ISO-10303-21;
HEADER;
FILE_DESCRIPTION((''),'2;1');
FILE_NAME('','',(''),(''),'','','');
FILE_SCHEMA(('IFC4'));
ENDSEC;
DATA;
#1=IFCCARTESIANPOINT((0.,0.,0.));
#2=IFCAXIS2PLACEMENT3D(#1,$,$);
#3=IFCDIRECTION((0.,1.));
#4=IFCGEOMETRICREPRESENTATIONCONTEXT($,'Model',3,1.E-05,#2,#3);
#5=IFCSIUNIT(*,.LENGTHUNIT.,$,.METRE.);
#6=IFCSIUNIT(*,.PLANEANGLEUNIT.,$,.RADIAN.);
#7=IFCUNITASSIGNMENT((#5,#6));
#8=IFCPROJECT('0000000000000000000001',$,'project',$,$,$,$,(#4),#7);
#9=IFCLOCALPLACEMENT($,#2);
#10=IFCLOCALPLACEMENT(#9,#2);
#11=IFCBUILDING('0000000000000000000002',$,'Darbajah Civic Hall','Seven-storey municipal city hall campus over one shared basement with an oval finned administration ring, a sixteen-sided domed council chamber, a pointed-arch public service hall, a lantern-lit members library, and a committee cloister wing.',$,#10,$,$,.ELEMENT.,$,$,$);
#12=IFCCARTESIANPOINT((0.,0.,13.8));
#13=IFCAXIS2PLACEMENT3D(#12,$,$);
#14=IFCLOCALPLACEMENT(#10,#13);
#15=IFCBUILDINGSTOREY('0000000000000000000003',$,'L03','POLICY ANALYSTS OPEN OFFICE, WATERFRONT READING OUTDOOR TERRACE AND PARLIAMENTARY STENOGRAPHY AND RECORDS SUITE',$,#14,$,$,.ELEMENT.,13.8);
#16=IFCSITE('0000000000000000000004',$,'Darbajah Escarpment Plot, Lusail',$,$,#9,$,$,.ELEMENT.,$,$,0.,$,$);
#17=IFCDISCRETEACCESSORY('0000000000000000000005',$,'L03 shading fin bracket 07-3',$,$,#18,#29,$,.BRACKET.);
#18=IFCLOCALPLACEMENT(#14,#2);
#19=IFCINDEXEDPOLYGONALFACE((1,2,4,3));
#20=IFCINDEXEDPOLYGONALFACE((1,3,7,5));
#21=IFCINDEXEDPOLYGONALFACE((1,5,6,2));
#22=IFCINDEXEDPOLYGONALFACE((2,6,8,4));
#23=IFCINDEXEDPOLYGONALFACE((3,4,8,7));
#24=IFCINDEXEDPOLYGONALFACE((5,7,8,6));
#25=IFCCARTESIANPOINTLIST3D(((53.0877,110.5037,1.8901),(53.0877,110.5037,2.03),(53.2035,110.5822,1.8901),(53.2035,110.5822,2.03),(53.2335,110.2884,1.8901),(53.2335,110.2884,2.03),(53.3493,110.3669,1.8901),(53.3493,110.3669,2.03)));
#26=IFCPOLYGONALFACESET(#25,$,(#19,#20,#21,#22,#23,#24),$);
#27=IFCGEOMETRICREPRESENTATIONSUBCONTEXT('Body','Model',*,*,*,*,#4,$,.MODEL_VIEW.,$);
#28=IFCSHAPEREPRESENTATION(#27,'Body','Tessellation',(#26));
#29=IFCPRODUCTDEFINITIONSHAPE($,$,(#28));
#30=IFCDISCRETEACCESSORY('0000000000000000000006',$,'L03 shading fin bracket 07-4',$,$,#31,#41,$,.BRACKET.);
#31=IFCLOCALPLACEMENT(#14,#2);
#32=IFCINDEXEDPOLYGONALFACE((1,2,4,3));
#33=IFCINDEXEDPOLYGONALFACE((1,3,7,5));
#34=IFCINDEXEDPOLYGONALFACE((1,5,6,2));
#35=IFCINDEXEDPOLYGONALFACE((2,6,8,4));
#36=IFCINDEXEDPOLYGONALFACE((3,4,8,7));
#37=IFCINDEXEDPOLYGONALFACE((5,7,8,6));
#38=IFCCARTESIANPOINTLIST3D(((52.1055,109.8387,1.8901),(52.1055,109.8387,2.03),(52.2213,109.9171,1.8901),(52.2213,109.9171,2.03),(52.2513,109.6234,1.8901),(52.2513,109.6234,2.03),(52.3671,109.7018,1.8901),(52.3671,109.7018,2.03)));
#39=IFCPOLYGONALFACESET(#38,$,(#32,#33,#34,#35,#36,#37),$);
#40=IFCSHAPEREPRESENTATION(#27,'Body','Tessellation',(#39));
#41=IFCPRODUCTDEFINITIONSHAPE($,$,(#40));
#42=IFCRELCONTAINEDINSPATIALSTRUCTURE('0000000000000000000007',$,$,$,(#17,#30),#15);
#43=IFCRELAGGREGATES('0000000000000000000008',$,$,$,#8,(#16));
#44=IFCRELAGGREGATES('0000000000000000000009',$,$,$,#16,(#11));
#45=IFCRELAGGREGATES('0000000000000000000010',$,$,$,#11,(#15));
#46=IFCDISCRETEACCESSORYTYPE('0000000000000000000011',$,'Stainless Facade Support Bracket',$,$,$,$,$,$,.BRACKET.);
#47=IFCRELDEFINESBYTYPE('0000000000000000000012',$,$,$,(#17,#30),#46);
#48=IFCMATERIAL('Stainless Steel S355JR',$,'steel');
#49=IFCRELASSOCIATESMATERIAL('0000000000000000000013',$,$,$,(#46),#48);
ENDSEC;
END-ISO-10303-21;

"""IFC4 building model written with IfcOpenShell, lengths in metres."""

from ifc_helpers import new_model, si_unit, direction, frame, origin, origin_2d, place, context, subcontext, project, spatial, rectangle, extrude, material, type_object, element, save


model = new_model("IFC4")

# Units and contexts
model_context = context("Model", 3, precision=1e-05, world=origin(), true_north=direction((0.0, 1.0)))
body_context = subcontext(model_context, "Body", "Model", "MODEL_VIEW")
ifc_project = project(units=[si_unit("LENGTHUNIT", "METRE"), si_unit("PLANEANGLEUNIT", "RADIAN")], contexts=[model_context])

# Site, building, storey
site_placement = place(None, origin())
site = spatial("IfcSite", under=ifc_project, at=site_placement, Name="Darbajah Escarpment Plot, Lusail", CompositionType="ELEMENT", RefElevation=0.0)
building_placement = place(site_placement, origin())
building = spatial("IfcBuilding", under=site, at=building_placement, Name="Darbajah Civic Hall", Description="Seven-storey municipal city hall campus over one shared basement with an oval finned administration ring, a sixteen-sided domed council chamber, a pointed-arch public service hall, a lantern-lit members library, and a committee cloister wing.", CompositionType="ELEMENT")
storey_placement = place(building_placement, frame((0.0, 0.0, 13.8)))
storey = spatial("IfcBuildingStorey", under=building, at=storey_placement, Name="L03", Description="POLICY ANALYSTS OPEN OFFICE, WATERFRONT READING OUTDOOR TERRACE AND PARLIAMENTARY STENOGRAPHY AND RECORDS SUITE", CompositionType="ELEMENT", Elevation=13.8)

# Discrete accessories
ifc_material_1 = material(Name="Stainless Steel S355JR", Category="steel")
discrete_accessory_type = type_object("IfcDiscreteAccessoryType", Name="Stainless Facade Support Bracket", PredefinedType="BRACKET", material=ifc_material_1)
for number, where, z_axis, x_axis, name in (
    (1, (53.2185, 110.4353, 1.8901), (0.0, 0.0, 1.0), (-0.560784, 0.827962, 0.0), "L03 shading fin bracket 07-3"),
    (2, (52.2363, 109.7703, 1.8901), (0.0, 0.0, 1.0), (-0.560784, 0.827962, 0.0), "L03 shading fin bracket 07-4"),
):
    element("IfcDiscreteAccessory", number, at=place(storey_placement, frame(where, z_axis=z_axis, x_axis=x_axis)), inside=storey, type_object=discrete_accessory_type, Name=name, PredefinedType="BRACKET", context=body_context, shape_type="SweptSolid", body=[
        extrude(rectangle(XDim=0.26, YDim=0.1399, at=origin_2d()), origin(), (0.0, 0.0, 1.0), 0.1399),
    ])

save(model, "model.ifc")
